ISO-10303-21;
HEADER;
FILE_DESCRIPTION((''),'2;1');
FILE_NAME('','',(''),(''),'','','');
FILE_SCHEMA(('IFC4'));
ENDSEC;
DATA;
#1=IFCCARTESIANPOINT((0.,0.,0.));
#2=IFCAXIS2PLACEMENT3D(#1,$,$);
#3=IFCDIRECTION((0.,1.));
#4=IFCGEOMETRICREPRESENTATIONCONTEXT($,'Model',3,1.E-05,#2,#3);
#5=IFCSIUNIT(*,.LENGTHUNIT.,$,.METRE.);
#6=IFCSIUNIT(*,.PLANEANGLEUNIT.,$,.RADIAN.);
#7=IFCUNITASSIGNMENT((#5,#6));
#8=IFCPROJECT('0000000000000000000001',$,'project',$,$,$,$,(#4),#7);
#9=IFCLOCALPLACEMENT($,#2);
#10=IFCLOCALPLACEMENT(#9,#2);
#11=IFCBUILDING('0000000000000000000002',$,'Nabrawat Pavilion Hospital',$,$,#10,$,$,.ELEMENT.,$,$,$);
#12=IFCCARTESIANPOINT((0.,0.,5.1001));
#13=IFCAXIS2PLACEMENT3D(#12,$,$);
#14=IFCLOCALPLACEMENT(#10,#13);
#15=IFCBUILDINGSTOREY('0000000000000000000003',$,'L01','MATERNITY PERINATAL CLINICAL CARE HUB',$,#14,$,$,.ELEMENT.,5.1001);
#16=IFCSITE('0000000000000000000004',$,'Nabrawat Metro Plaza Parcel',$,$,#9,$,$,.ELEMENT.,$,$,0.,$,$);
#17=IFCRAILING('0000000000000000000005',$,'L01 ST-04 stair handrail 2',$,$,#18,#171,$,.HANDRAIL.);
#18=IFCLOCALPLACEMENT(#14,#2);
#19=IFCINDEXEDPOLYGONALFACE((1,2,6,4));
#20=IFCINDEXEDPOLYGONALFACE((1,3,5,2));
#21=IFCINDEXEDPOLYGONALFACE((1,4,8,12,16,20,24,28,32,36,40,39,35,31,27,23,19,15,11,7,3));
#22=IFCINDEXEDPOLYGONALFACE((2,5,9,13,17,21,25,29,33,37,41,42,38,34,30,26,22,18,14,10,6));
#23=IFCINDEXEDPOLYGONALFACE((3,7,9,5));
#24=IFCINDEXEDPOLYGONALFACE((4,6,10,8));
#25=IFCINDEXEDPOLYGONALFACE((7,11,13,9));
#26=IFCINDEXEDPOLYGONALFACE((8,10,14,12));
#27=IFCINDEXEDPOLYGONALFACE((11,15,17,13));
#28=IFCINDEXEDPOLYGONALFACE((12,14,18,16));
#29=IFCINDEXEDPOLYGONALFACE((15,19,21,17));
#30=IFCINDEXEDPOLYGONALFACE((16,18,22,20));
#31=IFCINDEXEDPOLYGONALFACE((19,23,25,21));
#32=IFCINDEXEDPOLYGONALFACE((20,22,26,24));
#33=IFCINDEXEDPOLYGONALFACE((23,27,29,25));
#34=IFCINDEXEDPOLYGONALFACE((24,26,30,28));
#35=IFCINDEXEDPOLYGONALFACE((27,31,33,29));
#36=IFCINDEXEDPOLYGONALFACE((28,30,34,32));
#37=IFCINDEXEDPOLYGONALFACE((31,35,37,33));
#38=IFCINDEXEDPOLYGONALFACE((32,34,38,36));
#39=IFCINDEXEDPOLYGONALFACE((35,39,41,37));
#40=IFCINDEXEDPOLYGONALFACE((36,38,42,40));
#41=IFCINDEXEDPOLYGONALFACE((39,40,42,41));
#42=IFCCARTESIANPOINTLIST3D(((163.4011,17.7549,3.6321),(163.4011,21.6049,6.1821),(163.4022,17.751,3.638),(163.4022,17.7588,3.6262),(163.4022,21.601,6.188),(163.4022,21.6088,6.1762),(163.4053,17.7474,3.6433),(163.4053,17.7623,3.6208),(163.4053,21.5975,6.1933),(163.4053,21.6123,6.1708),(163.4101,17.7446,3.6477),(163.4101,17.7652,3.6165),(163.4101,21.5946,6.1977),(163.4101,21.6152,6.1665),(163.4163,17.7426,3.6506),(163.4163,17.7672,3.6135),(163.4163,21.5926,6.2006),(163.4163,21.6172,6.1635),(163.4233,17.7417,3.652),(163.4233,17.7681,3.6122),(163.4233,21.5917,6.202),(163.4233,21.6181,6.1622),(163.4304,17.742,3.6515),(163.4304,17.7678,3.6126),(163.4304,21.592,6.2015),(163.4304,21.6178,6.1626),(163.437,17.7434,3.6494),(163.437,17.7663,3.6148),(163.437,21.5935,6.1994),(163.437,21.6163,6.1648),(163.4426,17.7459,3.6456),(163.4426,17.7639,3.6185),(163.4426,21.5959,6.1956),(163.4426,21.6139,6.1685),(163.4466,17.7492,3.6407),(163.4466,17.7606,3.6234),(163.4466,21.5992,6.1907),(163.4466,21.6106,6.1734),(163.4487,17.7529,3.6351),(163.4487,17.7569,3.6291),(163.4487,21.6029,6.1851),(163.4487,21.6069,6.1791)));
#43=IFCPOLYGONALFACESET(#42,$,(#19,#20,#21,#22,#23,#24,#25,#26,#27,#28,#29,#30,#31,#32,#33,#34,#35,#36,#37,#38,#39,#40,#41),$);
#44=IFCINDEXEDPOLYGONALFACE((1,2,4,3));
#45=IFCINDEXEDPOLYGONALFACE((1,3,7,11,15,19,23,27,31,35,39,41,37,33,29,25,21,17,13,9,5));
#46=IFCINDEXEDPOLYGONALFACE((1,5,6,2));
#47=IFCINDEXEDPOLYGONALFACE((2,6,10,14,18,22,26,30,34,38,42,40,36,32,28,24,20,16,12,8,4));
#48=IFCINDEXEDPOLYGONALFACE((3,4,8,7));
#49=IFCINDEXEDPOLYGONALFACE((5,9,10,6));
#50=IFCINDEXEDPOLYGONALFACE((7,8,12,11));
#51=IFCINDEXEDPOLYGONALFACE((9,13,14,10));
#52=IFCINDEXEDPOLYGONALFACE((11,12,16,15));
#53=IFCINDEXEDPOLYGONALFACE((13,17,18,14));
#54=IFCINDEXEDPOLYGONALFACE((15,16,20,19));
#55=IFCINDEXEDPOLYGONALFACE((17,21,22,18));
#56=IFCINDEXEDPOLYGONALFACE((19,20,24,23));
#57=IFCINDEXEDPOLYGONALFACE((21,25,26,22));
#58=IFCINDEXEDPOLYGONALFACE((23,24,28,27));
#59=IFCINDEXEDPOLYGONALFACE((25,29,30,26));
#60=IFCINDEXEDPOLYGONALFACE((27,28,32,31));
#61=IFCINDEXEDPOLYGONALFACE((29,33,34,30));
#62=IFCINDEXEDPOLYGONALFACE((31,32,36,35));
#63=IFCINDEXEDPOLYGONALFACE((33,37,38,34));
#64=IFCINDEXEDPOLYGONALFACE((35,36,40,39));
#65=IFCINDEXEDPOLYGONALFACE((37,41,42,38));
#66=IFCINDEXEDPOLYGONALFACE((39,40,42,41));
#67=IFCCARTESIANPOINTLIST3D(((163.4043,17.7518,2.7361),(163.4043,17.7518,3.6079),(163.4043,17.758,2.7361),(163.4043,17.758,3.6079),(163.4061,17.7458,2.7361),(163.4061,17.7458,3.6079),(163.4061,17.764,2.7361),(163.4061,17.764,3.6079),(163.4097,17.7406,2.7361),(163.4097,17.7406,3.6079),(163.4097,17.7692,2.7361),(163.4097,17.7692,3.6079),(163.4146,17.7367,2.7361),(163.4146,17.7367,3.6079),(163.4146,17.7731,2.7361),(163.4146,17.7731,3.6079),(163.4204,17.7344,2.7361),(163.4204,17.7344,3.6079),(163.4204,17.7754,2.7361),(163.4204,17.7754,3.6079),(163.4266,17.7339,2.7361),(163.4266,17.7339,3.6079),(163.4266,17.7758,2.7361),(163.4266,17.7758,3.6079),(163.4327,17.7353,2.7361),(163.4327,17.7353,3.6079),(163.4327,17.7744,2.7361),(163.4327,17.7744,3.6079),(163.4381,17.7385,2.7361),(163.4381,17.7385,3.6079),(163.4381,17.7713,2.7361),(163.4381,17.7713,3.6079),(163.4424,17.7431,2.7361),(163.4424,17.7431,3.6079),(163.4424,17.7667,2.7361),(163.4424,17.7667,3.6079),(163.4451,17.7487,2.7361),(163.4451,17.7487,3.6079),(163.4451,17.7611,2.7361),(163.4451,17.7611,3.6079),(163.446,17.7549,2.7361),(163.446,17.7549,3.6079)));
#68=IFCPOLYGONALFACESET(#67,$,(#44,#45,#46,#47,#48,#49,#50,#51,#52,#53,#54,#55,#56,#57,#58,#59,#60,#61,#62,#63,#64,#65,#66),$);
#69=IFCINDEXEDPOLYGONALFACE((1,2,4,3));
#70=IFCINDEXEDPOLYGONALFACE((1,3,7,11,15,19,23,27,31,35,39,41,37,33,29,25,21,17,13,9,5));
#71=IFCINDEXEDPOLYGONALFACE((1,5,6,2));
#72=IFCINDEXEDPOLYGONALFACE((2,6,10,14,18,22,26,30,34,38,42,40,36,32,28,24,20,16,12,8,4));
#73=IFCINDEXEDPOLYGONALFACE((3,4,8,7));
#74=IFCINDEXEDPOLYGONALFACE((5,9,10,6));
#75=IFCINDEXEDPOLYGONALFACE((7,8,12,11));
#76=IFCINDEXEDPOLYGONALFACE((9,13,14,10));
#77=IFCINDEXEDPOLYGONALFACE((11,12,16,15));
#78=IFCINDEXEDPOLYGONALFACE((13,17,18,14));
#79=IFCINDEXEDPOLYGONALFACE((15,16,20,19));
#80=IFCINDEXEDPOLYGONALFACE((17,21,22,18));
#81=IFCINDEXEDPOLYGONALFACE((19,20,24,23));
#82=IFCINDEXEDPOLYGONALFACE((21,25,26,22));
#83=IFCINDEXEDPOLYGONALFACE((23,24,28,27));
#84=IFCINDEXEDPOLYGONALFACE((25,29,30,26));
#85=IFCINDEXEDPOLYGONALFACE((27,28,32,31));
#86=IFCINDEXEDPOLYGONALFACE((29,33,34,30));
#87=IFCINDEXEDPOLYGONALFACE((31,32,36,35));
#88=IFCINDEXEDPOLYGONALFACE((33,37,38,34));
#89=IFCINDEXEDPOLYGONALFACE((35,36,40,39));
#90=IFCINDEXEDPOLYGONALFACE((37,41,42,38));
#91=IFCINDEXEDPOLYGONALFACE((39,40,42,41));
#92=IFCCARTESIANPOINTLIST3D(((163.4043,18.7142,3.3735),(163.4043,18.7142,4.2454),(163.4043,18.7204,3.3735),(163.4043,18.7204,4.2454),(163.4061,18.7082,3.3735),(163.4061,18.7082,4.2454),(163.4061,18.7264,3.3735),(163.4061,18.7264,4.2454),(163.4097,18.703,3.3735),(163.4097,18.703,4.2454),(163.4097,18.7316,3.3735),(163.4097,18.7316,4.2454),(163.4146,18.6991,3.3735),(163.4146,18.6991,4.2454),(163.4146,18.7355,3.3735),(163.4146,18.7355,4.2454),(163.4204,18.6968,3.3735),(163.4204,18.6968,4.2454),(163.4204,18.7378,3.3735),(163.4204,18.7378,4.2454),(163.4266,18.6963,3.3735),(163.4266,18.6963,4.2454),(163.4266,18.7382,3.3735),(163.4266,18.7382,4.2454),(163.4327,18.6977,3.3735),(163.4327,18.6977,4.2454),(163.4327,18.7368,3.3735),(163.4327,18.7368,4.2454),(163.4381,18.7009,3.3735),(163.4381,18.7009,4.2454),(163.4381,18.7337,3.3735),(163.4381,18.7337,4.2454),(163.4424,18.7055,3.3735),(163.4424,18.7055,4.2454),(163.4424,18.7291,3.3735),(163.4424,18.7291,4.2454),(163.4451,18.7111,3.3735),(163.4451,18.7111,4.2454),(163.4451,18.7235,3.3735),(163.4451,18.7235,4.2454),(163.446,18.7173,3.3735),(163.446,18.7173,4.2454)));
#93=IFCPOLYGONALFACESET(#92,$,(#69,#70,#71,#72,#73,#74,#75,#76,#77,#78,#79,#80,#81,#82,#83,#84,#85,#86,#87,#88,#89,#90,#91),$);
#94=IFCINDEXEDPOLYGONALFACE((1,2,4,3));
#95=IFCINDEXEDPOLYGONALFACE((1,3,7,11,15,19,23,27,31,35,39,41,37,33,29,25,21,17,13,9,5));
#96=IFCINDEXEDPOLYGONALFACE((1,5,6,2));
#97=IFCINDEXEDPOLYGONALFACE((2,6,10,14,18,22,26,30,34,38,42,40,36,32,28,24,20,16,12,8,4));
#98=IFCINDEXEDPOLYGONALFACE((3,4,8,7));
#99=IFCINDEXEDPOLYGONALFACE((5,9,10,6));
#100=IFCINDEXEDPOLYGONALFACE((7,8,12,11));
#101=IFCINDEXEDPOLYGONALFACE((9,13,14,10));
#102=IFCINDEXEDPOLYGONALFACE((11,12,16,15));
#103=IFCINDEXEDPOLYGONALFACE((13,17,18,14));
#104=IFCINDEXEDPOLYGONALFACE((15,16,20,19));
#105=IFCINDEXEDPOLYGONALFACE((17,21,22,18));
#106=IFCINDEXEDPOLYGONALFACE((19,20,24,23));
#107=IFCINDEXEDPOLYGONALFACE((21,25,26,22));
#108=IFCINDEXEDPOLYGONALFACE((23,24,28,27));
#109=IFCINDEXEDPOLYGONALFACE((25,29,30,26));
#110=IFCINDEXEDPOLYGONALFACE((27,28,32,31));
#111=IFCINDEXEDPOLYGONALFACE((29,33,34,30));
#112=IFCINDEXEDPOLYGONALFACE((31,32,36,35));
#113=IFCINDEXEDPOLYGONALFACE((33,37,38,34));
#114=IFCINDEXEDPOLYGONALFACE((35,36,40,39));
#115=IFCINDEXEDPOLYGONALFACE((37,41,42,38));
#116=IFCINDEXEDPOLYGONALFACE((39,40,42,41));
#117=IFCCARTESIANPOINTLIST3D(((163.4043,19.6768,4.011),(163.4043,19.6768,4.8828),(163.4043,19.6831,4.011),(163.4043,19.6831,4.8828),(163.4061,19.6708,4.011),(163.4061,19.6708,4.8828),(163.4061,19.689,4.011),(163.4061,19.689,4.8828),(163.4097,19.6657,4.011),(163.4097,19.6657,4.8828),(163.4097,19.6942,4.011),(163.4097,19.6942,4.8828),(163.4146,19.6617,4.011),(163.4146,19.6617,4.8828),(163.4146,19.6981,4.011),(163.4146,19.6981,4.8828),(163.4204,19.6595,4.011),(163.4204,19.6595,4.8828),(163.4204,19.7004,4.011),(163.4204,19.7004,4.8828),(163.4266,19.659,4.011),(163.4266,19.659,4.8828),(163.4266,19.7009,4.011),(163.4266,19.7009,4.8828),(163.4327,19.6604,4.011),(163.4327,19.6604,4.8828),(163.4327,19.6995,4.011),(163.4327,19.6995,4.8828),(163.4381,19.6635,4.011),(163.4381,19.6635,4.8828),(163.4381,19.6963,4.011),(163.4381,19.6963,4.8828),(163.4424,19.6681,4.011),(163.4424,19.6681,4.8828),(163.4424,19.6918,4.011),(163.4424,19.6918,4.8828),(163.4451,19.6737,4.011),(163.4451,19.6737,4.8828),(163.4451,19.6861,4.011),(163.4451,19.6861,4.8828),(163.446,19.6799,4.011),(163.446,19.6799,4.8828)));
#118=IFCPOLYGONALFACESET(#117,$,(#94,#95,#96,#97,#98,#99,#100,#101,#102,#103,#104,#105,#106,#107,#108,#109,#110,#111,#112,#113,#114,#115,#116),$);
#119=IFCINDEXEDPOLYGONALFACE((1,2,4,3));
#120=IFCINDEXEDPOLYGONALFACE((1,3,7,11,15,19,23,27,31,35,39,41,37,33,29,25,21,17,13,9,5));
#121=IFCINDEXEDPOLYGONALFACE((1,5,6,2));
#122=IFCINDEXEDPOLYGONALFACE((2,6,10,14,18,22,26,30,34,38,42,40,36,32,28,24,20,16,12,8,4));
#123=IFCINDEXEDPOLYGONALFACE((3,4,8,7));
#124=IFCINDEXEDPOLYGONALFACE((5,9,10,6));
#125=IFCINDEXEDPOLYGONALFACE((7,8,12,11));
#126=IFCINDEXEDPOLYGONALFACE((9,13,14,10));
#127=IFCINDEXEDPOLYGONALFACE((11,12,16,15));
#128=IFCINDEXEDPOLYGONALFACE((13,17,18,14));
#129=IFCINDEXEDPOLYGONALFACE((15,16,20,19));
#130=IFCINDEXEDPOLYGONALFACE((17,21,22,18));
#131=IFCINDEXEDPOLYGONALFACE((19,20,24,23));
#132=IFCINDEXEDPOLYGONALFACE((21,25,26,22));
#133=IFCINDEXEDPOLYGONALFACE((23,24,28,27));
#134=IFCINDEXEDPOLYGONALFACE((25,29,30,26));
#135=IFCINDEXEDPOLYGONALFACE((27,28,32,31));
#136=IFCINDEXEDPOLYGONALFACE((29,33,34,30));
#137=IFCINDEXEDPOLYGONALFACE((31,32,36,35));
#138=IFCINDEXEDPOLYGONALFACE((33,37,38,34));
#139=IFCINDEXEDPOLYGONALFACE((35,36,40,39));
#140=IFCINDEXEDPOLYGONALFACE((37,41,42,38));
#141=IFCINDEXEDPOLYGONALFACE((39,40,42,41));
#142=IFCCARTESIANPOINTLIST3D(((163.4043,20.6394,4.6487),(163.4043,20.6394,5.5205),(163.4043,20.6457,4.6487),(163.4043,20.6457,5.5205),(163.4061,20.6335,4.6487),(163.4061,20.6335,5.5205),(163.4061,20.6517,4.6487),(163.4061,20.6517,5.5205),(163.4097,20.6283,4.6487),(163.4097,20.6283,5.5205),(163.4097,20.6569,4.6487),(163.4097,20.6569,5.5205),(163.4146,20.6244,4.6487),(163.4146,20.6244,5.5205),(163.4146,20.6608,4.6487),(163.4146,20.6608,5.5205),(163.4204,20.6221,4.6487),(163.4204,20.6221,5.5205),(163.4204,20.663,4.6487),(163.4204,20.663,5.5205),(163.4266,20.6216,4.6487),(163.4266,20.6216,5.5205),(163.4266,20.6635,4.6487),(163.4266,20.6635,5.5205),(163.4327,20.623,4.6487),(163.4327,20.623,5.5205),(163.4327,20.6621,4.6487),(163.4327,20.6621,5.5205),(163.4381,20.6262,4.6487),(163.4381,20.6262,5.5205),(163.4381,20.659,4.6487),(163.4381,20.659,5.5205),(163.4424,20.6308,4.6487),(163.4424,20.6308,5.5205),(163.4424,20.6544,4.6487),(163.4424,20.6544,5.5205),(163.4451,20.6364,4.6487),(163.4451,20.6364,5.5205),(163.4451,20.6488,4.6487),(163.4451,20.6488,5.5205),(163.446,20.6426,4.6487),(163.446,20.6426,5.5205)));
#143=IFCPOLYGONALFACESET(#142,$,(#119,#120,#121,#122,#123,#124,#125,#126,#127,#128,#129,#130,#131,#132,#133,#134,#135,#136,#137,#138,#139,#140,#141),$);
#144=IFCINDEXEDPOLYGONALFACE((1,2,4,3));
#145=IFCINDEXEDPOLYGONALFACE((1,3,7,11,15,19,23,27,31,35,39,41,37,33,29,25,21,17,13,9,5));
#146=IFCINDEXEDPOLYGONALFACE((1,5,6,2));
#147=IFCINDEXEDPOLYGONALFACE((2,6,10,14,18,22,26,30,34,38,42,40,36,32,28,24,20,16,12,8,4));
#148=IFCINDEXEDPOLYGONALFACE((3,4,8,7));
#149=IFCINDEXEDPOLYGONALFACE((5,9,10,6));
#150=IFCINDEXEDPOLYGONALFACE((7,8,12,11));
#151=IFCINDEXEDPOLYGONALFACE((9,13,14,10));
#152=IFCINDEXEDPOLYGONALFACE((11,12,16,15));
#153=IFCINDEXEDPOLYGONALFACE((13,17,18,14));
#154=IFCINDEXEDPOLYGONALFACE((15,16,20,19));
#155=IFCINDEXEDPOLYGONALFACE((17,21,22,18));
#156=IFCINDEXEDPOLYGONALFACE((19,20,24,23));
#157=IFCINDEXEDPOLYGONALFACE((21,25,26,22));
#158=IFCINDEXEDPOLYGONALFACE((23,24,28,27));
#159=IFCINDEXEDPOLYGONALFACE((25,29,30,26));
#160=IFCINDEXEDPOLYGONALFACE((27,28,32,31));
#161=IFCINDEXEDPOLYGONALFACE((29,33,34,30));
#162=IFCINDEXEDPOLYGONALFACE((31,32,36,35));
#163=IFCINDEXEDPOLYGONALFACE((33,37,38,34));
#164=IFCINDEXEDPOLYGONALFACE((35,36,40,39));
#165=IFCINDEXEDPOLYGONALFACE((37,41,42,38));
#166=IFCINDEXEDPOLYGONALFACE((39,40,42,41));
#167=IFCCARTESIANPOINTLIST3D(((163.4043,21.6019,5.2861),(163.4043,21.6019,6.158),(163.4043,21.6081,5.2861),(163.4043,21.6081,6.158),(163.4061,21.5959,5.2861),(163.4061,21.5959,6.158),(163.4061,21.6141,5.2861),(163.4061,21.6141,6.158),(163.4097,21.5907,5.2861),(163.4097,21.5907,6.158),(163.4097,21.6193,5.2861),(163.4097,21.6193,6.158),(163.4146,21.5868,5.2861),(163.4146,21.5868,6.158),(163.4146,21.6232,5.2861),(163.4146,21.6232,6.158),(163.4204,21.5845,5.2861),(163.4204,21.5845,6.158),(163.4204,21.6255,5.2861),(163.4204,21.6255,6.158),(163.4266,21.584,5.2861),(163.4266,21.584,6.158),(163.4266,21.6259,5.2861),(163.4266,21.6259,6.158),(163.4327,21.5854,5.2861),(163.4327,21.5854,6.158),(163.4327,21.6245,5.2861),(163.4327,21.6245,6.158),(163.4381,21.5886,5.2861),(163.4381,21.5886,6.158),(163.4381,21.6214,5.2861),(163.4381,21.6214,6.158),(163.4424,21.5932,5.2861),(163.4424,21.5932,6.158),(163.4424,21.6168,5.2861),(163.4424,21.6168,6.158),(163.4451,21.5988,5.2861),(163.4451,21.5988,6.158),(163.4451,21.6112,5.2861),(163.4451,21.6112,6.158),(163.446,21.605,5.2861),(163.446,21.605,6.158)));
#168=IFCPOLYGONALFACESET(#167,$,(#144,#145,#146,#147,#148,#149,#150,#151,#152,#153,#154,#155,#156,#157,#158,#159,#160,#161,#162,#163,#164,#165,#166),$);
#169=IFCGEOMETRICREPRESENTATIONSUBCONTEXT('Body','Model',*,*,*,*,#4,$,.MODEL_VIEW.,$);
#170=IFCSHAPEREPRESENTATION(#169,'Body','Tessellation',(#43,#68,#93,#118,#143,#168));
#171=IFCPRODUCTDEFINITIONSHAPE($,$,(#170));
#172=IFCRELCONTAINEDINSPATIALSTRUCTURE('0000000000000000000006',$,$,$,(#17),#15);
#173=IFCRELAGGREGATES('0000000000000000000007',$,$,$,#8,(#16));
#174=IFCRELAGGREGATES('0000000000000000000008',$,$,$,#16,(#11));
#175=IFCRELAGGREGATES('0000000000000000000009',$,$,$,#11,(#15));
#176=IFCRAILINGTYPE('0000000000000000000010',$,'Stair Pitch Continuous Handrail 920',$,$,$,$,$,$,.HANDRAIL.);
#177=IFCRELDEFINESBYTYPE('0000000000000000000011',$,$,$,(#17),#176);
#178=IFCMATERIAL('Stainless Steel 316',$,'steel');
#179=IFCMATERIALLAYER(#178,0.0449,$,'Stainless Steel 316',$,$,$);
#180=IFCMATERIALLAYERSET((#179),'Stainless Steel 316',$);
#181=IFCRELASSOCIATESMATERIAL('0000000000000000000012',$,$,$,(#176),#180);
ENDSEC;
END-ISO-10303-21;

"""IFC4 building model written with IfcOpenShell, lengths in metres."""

from ifc_helpers import new_model, si_unit, direction, frame, origin, origin_2d, place, context, subcontext, project, spatial, circle, extrude, material, layer, layer_set, type_object, element, save


model = new_model("IFC4")

# Units and contexts
model_context = context("Model", 3, precision=1e-05, world=origin(), true_north=direction((0.0, 1.0)))
body_context = subcontext(model_context, "Body", "Model", "MODEL_VIEW")
ifc_project = project(units=[si_unit("LENGTHUNIT", "METRE"), si_unit("PLANEANGLEUNIT", "RADIAN")], contexts=[model_context])

# Site, building, storey
site_placement = place(None, origin())
site = spatial("IfcSite", under=ifc_project, at=site_placement, Name="Nabrawat Metro Plaza Parcel", CompositionType="ELEMENT", RefElevation=0.0)
building_placement = place(site_placement, origin())
building = spatial("IfcBuilding", under=site, at=building_placement, Name="Nabrawat Pavilion Hospital", CompositionType="ELEMENT")
storey_placement = place(building_placement, frame((0.0, 0.0, 5.1001)))
storey = spatial("IfcBuildingStorey", under=building, at=storey_placement, Name="L01", Description="MATERNITY PERINATAL CLINICAL CARE HUB", CompositionType="ELEMENT", Elevation=5.1001)

# Railing
ifc_material_1 = material(Name="Stainless Steel 316", Category="steel")
ifc_layer_1 = layer(ifc_material_1, 0.0449, Name="Stainless Steel 316")
ifc_layer_set_1 = layer_set([ifc_layer_1], Name="Stainless Steel 316")
railing_type = type_object("IfcRailingType", Name="Stair Pitch Continuous Handrail 920", PredefinedType="HANDRAIL", material=ifc_layer_set_1)
railing_placement = place(storey_placement, frame((163.425, 17.7549, 2.7361)))
element("IfcRailing", 1, at=railing_placement, inside=storey, type_object=railing_type, Name="L01 ST-04 stair handrail 2", PredefinedType="HANDRAIL", context=body_context, shape_type="SweptSolid", body=[
    extrude(circle(Radius=0.0239, at=origin_2d()), frame((0.0, 0.0, 0.896), z_axis=(0.0, 0.833714, 0.552197), x_axis=(-1.0, 0.0, 0.0)), (0.0, 0.0, 1.0), 4.6179),
    extrude(circle(Radius=0.021, at=origin_2d()), origin(), (0.0, 0.0, 1.0), 0.8718),
    extrude(circle(Radius=0.021, at=origin_2d()), frame((0.0, 0.9624, 0.6375)), (0.0, 0.0, 1.0), 0.8718),
    extrude(circle(Radius=0.021, at=origin_2d()), frame((0.0, 1.925, 1.2749)), (0.0, 0.0, 1.0), 0.8718),
    extrude(circle(Radius=0.021, at=origin_2d()), frame((0.0, 2.8877, 1.9126)), (0.0, 0.0, 1.0), 0.8718),
    extrude(circle(Radius=0.021, at=origin_2d()), frame((0.0, 3.8501, 2.55)), (0.0, 0.0, 1.0), 0.8718),
])

save(model, "model.ifc")
